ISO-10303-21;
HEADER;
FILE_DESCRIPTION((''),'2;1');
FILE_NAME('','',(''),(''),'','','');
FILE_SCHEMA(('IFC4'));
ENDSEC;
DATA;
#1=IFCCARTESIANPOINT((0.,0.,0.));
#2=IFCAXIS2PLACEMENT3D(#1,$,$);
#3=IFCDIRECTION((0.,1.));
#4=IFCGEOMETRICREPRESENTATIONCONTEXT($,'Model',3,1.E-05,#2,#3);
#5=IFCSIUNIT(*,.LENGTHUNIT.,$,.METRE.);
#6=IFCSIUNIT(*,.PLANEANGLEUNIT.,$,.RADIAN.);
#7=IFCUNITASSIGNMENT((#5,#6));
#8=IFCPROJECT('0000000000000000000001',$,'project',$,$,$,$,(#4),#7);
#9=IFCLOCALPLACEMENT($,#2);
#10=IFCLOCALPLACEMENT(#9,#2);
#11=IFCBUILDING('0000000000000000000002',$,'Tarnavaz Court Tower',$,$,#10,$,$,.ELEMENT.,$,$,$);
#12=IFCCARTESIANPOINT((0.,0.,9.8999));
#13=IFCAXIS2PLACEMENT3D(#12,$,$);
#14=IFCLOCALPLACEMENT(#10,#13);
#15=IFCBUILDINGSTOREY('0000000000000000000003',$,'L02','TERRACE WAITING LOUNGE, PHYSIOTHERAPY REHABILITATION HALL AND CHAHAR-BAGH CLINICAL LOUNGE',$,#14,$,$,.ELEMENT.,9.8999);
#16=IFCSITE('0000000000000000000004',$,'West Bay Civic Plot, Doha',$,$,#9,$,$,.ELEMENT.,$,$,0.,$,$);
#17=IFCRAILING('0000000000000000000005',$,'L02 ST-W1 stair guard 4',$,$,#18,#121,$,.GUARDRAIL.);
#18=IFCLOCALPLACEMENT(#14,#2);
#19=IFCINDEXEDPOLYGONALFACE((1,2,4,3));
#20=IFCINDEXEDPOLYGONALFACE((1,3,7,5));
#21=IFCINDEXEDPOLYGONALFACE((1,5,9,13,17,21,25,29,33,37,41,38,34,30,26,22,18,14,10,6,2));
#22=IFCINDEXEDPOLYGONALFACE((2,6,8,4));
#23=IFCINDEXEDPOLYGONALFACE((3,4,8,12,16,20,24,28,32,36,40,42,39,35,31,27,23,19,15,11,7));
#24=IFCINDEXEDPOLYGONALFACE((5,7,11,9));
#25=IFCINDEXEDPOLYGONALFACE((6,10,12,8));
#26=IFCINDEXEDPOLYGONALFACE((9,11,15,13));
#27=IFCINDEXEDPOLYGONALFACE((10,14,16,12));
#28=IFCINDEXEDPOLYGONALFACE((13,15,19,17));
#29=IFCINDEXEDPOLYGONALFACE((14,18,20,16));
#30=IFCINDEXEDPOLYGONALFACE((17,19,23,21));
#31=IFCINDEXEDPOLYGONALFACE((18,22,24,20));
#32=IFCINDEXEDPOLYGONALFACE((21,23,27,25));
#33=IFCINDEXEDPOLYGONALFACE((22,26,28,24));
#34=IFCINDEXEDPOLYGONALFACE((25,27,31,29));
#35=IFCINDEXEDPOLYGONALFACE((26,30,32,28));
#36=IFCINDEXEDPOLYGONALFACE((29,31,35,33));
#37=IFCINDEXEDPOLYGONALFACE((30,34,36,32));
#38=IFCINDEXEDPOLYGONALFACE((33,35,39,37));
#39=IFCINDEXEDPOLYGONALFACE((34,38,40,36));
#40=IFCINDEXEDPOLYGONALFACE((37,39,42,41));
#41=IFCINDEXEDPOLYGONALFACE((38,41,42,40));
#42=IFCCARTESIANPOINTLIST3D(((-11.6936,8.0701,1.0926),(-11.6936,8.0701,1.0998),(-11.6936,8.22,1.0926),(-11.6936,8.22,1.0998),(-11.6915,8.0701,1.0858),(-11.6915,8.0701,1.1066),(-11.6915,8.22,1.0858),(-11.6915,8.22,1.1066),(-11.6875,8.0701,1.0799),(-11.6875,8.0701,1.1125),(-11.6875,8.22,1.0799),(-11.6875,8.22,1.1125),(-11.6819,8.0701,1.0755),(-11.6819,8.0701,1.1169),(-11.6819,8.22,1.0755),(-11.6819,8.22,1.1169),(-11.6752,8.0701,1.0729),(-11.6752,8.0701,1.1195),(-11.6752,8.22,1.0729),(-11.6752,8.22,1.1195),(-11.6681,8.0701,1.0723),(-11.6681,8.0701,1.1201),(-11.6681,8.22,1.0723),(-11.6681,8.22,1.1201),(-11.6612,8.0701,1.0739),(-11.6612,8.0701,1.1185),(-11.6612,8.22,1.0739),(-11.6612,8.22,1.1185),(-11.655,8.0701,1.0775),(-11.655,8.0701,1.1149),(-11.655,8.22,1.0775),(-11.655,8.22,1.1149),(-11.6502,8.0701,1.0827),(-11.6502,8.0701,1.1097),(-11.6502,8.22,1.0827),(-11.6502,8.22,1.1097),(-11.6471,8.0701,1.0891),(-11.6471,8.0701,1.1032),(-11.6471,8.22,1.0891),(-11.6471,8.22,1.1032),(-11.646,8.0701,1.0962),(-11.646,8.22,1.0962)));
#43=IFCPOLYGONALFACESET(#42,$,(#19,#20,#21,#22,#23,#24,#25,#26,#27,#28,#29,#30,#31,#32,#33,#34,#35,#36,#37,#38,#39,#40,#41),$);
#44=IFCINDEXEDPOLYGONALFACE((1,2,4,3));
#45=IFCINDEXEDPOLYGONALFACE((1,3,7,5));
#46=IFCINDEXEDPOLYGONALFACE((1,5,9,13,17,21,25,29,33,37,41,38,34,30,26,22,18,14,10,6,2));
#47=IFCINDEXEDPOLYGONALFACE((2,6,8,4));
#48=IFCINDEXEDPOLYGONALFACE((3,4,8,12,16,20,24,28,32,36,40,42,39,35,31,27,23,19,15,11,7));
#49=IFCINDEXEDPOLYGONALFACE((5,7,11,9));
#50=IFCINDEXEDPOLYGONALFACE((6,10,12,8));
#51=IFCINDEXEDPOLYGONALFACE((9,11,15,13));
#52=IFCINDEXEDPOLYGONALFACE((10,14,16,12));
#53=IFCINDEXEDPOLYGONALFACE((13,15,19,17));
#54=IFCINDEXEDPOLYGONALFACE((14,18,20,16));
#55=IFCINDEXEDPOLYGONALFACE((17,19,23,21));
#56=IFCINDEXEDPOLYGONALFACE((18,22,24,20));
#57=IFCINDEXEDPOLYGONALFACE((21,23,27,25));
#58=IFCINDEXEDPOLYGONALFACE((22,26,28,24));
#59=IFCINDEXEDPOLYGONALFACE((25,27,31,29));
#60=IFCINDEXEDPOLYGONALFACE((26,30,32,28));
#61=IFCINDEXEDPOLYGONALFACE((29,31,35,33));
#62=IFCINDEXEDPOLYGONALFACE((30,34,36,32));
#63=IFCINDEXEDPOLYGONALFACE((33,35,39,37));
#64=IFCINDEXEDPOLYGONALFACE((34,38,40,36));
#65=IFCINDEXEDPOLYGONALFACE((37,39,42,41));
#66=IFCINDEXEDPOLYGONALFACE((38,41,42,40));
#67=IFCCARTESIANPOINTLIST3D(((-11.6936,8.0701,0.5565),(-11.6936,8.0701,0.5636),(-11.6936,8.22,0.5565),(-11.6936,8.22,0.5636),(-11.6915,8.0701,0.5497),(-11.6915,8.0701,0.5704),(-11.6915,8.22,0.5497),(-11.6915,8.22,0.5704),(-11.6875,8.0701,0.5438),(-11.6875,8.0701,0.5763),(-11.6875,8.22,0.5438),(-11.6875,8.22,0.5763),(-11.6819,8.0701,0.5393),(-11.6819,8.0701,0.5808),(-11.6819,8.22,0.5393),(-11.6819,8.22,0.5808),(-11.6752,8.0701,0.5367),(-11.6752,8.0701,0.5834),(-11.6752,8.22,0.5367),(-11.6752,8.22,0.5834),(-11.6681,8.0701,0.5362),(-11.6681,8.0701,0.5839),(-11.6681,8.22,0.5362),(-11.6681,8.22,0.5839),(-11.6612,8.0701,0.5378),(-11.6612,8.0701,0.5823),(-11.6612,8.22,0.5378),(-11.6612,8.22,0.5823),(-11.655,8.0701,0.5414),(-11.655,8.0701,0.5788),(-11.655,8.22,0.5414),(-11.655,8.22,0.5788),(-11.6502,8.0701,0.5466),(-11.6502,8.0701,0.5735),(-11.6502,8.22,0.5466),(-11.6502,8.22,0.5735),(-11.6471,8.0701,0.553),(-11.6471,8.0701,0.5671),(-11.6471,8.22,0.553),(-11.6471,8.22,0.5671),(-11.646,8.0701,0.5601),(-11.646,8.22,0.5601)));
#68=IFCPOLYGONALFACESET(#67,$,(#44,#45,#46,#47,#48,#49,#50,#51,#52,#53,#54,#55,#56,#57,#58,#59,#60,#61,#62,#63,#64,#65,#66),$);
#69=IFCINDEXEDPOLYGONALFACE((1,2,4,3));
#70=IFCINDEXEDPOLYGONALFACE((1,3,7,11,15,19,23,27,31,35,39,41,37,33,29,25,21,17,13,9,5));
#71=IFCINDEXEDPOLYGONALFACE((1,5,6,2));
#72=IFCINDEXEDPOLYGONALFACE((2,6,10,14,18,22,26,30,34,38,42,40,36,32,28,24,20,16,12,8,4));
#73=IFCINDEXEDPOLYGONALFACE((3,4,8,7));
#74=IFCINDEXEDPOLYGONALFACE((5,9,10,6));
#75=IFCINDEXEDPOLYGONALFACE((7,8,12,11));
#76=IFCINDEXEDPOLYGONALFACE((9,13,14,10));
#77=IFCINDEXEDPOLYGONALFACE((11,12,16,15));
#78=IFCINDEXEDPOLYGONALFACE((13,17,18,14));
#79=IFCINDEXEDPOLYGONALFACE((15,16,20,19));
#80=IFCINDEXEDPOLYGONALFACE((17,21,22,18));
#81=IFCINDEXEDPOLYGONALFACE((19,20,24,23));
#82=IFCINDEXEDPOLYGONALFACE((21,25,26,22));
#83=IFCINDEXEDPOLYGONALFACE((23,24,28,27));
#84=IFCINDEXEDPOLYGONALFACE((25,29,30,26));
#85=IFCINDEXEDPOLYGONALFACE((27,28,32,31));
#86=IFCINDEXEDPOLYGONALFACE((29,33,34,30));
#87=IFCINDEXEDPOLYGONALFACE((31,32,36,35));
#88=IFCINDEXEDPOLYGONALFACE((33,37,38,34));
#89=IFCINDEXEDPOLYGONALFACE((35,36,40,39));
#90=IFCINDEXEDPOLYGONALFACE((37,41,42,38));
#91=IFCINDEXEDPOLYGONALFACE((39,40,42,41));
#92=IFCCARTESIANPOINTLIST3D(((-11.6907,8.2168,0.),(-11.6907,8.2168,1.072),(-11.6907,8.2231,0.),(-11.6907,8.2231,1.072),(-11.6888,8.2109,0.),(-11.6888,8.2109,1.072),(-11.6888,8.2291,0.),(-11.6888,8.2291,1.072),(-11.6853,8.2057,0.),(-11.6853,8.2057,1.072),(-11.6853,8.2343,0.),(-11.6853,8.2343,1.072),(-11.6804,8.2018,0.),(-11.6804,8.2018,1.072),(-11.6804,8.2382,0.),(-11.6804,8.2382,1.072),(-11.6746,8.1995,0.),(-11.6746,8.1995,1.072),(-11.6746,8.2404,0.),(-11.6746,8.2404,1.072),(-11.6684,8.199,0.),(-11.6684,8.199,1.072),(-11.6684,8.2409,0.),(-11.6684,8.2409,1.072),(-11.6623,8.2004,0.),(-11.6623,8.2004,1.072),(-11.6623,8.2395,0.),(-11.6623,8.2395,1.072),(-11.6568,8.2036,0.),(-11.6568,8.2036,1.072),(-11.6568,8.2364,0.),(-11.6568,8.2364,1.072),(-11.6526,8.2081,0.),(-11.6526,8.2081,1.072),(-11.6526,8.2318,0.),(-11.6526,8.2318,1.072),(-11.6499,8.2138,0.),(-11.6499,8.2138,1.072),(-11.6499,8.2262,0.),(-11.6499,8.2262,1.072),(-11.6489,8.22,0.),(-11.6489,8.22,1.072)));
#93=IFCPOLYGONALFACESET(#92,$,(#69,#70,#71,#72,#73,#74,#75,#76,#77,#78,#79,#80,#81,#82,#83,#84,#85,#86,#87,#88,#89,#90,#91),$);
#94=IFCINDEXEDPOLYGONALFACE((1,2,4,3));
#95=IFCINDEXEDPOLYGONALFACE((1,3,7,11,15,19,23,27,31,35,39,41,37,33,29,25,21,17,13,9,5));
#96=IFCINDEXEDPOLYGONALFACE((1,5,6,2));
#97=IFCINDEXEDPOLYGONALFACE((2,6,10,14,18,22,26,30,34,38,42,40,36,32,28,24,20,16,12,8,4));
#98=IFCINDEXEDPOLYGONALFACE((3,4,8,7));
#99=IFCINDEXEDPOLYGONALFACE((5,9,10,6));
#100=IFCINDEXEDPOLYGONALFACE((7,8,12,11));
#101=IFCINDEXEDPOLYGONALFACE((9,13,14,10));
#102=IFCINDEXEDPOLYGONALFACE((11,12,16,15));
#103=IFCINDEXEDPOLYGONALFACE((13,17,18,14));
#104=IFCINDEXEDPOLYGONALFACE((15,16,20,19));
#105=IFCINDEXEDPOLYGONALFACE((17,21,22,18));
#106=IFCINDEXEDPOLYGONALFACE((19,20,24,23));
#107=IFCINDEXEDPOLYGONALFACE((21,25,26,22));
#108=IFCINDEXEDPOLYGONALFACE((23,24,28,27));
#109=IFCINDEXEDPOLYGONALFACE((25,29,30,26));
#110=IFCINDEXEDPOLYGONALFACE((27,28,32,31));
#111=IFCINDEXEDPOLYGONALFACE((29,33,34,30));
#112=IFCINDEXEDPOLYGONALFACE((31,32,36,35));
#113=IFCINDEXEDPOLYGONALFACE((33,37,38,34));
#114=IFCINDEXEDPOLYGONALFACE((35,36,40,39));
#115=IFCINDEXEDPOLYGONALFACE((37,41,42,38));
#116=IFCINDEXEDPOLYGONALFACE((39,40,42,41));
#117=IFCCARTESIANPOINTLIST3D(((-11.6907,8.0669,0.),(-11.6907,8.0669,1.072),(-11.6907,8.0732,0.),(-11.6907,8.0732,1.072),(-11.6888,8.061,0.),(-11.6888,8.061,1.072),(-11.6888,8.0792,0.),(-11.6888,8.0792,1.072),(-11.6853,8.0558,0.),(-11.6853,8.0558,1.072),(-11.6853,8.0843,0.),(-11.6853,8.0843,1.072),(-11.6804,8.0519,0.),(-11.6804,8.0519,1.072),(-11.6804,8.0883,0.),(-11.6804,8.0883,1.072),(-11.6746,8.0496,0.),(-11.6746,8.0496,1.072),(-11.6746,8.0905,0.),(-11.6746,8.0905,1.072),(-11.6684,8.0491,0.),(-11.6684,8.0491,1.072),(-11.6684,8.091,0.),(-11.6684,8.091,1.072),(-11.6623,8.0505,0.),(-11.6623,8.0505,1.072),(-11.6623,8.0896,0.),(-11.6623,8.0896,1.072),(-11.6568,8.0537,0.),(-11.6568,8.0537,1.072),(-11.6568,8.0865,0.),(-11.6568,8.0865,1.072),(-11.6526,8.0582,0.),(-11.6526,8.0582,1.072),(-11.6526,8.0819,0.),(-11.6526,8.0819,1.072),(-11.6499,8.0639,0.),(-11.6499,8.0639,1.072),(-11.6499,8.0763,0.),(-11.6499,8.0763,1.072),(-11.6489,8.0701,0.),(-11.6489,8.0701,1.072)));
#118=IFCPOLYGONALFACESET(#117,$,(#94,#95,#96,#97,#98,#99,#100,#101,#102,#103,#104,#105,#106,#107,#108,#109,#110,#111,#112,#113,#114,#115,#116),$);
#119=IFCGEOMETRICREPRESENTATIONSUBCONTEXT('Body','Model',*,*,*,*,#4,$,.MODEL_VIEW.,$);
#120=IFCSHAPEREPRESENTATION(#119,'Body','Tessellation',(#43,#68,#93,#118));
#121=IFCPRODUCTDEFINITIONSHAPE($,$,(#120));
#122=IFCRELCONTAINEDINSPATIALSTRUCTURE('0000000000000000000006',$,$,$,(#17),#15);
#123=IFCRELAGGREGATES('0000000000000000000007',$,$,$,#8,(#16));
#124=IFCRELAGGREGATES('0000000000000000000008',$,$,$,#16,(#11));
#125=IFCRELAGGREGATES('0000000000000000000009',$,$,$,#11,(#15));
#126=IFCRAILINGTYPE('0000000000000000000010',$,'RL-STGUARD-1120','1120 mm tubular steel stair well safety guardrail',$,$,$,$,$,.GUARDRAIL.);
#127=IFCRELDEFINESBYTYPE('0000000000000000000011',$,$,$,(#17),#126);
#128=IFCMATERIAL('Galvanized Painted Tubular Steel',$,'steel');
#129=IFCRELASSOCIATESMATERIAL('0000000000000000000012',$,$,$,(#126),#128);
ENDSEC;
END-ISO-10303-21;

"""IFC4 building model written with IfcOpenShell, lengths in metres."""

from ifc_helpers import new_model, si_unit, direction, frame, origin, origin_2d, place, context, subcontext, project, spatial, circle, extrude, material, type_object, element, save


model = new_model("IFC4")

# Units and contexts
model_context = context("Model", 3, precision=1e-05, world=origin(), true_north=direction((0.0, 1.0)))
body_context = subcontext(model_context, "Body", "Model", "MODEL_VIEW")
ifc_project = project(units=[si_unit("LENGTHUNIT", "METRE"), si_unit("PLANEANGLEUNIT", "RADIAN")], contexts=[model_context])

# Site, building, storey
site_placement = place(None, origin())
site = spatial("IfcSite", under=ifc_project, at=site_placement, Name="West Bay Civic Plot, Doha", CompositionType="ELEMENT", RefElevation=0.0)
building_placement = place(site_placement, origin())
building = spatial("IfcBuilding", under=site, at=building_placement, Name="Tarnavaz Court Tower", CompositionType="ELEMENT")
storey_placement = place(building_placement, frame((0.0, 0.0, 9.8999)))
storey = spatial("IfcBuildingStorey", under=building, at=storey_placement, Name="L02", Description="TERRACE WAITING LOUNGE, PHYSIOTHERAPY REHABILITATION HALL AND CHAHAR-BAGH CLINICAL LOUNGE", CompositionType="ELEMENT", Elevation=9.8999)

# Railing
ifc_material_1 = material(Name="Galvanized Painted Tubular Steel", Category="steel")
railing_type_1 = type_object("IfcRailingType", Name="RL-STGUARD-1120", Description="1120 mm tubular steel stair well safety guardrail", PredefinedType="GUARDRAIL", material=ifc_material_1)
railing_1_placement = place(storey_placement, frame((-11.6699, 8.22, 0.0)))
element("IfcRailing", 1, at=railing_1_placement, inside=storey, type_object=railing_type_1, Name="L02 ST-W1 stair guard 4", PredefinedType="GUARDRAIL", context=body_context, shape_type="SweptSolid", body=[
    extrude(circle(Radius=0.0239, at=origin_2d()), frame((0.0, 0.0, 1.0962), z_axis=(0.0, -1.0, 0.0), x_axis=(1.0, 0.0, 0.0)), (0.0, 0.0, 1.0), 0.1499),
    extrude(circle(Radius=0.0239, at=origin_2d()), frame((0.0, 0.0, 0.5601), z_axis=(0.0, -1.0, 0.0), x_axis=(1.0, 0.0, 0.0)), (0.0, 0.0, 1.0), 0.1499),
    extrude(circle(Radius=0.021, at=origin_2d()), origin(), (0.0, 0.0, 1.0), 1.072),
    extrude(circle(Radius=0.021, at=origin_2d()), frame((0.0, -0.1499, 0.0)), (0.0, 0.0, 1.0), 1.072),
])

save(model, "model.ifc")
